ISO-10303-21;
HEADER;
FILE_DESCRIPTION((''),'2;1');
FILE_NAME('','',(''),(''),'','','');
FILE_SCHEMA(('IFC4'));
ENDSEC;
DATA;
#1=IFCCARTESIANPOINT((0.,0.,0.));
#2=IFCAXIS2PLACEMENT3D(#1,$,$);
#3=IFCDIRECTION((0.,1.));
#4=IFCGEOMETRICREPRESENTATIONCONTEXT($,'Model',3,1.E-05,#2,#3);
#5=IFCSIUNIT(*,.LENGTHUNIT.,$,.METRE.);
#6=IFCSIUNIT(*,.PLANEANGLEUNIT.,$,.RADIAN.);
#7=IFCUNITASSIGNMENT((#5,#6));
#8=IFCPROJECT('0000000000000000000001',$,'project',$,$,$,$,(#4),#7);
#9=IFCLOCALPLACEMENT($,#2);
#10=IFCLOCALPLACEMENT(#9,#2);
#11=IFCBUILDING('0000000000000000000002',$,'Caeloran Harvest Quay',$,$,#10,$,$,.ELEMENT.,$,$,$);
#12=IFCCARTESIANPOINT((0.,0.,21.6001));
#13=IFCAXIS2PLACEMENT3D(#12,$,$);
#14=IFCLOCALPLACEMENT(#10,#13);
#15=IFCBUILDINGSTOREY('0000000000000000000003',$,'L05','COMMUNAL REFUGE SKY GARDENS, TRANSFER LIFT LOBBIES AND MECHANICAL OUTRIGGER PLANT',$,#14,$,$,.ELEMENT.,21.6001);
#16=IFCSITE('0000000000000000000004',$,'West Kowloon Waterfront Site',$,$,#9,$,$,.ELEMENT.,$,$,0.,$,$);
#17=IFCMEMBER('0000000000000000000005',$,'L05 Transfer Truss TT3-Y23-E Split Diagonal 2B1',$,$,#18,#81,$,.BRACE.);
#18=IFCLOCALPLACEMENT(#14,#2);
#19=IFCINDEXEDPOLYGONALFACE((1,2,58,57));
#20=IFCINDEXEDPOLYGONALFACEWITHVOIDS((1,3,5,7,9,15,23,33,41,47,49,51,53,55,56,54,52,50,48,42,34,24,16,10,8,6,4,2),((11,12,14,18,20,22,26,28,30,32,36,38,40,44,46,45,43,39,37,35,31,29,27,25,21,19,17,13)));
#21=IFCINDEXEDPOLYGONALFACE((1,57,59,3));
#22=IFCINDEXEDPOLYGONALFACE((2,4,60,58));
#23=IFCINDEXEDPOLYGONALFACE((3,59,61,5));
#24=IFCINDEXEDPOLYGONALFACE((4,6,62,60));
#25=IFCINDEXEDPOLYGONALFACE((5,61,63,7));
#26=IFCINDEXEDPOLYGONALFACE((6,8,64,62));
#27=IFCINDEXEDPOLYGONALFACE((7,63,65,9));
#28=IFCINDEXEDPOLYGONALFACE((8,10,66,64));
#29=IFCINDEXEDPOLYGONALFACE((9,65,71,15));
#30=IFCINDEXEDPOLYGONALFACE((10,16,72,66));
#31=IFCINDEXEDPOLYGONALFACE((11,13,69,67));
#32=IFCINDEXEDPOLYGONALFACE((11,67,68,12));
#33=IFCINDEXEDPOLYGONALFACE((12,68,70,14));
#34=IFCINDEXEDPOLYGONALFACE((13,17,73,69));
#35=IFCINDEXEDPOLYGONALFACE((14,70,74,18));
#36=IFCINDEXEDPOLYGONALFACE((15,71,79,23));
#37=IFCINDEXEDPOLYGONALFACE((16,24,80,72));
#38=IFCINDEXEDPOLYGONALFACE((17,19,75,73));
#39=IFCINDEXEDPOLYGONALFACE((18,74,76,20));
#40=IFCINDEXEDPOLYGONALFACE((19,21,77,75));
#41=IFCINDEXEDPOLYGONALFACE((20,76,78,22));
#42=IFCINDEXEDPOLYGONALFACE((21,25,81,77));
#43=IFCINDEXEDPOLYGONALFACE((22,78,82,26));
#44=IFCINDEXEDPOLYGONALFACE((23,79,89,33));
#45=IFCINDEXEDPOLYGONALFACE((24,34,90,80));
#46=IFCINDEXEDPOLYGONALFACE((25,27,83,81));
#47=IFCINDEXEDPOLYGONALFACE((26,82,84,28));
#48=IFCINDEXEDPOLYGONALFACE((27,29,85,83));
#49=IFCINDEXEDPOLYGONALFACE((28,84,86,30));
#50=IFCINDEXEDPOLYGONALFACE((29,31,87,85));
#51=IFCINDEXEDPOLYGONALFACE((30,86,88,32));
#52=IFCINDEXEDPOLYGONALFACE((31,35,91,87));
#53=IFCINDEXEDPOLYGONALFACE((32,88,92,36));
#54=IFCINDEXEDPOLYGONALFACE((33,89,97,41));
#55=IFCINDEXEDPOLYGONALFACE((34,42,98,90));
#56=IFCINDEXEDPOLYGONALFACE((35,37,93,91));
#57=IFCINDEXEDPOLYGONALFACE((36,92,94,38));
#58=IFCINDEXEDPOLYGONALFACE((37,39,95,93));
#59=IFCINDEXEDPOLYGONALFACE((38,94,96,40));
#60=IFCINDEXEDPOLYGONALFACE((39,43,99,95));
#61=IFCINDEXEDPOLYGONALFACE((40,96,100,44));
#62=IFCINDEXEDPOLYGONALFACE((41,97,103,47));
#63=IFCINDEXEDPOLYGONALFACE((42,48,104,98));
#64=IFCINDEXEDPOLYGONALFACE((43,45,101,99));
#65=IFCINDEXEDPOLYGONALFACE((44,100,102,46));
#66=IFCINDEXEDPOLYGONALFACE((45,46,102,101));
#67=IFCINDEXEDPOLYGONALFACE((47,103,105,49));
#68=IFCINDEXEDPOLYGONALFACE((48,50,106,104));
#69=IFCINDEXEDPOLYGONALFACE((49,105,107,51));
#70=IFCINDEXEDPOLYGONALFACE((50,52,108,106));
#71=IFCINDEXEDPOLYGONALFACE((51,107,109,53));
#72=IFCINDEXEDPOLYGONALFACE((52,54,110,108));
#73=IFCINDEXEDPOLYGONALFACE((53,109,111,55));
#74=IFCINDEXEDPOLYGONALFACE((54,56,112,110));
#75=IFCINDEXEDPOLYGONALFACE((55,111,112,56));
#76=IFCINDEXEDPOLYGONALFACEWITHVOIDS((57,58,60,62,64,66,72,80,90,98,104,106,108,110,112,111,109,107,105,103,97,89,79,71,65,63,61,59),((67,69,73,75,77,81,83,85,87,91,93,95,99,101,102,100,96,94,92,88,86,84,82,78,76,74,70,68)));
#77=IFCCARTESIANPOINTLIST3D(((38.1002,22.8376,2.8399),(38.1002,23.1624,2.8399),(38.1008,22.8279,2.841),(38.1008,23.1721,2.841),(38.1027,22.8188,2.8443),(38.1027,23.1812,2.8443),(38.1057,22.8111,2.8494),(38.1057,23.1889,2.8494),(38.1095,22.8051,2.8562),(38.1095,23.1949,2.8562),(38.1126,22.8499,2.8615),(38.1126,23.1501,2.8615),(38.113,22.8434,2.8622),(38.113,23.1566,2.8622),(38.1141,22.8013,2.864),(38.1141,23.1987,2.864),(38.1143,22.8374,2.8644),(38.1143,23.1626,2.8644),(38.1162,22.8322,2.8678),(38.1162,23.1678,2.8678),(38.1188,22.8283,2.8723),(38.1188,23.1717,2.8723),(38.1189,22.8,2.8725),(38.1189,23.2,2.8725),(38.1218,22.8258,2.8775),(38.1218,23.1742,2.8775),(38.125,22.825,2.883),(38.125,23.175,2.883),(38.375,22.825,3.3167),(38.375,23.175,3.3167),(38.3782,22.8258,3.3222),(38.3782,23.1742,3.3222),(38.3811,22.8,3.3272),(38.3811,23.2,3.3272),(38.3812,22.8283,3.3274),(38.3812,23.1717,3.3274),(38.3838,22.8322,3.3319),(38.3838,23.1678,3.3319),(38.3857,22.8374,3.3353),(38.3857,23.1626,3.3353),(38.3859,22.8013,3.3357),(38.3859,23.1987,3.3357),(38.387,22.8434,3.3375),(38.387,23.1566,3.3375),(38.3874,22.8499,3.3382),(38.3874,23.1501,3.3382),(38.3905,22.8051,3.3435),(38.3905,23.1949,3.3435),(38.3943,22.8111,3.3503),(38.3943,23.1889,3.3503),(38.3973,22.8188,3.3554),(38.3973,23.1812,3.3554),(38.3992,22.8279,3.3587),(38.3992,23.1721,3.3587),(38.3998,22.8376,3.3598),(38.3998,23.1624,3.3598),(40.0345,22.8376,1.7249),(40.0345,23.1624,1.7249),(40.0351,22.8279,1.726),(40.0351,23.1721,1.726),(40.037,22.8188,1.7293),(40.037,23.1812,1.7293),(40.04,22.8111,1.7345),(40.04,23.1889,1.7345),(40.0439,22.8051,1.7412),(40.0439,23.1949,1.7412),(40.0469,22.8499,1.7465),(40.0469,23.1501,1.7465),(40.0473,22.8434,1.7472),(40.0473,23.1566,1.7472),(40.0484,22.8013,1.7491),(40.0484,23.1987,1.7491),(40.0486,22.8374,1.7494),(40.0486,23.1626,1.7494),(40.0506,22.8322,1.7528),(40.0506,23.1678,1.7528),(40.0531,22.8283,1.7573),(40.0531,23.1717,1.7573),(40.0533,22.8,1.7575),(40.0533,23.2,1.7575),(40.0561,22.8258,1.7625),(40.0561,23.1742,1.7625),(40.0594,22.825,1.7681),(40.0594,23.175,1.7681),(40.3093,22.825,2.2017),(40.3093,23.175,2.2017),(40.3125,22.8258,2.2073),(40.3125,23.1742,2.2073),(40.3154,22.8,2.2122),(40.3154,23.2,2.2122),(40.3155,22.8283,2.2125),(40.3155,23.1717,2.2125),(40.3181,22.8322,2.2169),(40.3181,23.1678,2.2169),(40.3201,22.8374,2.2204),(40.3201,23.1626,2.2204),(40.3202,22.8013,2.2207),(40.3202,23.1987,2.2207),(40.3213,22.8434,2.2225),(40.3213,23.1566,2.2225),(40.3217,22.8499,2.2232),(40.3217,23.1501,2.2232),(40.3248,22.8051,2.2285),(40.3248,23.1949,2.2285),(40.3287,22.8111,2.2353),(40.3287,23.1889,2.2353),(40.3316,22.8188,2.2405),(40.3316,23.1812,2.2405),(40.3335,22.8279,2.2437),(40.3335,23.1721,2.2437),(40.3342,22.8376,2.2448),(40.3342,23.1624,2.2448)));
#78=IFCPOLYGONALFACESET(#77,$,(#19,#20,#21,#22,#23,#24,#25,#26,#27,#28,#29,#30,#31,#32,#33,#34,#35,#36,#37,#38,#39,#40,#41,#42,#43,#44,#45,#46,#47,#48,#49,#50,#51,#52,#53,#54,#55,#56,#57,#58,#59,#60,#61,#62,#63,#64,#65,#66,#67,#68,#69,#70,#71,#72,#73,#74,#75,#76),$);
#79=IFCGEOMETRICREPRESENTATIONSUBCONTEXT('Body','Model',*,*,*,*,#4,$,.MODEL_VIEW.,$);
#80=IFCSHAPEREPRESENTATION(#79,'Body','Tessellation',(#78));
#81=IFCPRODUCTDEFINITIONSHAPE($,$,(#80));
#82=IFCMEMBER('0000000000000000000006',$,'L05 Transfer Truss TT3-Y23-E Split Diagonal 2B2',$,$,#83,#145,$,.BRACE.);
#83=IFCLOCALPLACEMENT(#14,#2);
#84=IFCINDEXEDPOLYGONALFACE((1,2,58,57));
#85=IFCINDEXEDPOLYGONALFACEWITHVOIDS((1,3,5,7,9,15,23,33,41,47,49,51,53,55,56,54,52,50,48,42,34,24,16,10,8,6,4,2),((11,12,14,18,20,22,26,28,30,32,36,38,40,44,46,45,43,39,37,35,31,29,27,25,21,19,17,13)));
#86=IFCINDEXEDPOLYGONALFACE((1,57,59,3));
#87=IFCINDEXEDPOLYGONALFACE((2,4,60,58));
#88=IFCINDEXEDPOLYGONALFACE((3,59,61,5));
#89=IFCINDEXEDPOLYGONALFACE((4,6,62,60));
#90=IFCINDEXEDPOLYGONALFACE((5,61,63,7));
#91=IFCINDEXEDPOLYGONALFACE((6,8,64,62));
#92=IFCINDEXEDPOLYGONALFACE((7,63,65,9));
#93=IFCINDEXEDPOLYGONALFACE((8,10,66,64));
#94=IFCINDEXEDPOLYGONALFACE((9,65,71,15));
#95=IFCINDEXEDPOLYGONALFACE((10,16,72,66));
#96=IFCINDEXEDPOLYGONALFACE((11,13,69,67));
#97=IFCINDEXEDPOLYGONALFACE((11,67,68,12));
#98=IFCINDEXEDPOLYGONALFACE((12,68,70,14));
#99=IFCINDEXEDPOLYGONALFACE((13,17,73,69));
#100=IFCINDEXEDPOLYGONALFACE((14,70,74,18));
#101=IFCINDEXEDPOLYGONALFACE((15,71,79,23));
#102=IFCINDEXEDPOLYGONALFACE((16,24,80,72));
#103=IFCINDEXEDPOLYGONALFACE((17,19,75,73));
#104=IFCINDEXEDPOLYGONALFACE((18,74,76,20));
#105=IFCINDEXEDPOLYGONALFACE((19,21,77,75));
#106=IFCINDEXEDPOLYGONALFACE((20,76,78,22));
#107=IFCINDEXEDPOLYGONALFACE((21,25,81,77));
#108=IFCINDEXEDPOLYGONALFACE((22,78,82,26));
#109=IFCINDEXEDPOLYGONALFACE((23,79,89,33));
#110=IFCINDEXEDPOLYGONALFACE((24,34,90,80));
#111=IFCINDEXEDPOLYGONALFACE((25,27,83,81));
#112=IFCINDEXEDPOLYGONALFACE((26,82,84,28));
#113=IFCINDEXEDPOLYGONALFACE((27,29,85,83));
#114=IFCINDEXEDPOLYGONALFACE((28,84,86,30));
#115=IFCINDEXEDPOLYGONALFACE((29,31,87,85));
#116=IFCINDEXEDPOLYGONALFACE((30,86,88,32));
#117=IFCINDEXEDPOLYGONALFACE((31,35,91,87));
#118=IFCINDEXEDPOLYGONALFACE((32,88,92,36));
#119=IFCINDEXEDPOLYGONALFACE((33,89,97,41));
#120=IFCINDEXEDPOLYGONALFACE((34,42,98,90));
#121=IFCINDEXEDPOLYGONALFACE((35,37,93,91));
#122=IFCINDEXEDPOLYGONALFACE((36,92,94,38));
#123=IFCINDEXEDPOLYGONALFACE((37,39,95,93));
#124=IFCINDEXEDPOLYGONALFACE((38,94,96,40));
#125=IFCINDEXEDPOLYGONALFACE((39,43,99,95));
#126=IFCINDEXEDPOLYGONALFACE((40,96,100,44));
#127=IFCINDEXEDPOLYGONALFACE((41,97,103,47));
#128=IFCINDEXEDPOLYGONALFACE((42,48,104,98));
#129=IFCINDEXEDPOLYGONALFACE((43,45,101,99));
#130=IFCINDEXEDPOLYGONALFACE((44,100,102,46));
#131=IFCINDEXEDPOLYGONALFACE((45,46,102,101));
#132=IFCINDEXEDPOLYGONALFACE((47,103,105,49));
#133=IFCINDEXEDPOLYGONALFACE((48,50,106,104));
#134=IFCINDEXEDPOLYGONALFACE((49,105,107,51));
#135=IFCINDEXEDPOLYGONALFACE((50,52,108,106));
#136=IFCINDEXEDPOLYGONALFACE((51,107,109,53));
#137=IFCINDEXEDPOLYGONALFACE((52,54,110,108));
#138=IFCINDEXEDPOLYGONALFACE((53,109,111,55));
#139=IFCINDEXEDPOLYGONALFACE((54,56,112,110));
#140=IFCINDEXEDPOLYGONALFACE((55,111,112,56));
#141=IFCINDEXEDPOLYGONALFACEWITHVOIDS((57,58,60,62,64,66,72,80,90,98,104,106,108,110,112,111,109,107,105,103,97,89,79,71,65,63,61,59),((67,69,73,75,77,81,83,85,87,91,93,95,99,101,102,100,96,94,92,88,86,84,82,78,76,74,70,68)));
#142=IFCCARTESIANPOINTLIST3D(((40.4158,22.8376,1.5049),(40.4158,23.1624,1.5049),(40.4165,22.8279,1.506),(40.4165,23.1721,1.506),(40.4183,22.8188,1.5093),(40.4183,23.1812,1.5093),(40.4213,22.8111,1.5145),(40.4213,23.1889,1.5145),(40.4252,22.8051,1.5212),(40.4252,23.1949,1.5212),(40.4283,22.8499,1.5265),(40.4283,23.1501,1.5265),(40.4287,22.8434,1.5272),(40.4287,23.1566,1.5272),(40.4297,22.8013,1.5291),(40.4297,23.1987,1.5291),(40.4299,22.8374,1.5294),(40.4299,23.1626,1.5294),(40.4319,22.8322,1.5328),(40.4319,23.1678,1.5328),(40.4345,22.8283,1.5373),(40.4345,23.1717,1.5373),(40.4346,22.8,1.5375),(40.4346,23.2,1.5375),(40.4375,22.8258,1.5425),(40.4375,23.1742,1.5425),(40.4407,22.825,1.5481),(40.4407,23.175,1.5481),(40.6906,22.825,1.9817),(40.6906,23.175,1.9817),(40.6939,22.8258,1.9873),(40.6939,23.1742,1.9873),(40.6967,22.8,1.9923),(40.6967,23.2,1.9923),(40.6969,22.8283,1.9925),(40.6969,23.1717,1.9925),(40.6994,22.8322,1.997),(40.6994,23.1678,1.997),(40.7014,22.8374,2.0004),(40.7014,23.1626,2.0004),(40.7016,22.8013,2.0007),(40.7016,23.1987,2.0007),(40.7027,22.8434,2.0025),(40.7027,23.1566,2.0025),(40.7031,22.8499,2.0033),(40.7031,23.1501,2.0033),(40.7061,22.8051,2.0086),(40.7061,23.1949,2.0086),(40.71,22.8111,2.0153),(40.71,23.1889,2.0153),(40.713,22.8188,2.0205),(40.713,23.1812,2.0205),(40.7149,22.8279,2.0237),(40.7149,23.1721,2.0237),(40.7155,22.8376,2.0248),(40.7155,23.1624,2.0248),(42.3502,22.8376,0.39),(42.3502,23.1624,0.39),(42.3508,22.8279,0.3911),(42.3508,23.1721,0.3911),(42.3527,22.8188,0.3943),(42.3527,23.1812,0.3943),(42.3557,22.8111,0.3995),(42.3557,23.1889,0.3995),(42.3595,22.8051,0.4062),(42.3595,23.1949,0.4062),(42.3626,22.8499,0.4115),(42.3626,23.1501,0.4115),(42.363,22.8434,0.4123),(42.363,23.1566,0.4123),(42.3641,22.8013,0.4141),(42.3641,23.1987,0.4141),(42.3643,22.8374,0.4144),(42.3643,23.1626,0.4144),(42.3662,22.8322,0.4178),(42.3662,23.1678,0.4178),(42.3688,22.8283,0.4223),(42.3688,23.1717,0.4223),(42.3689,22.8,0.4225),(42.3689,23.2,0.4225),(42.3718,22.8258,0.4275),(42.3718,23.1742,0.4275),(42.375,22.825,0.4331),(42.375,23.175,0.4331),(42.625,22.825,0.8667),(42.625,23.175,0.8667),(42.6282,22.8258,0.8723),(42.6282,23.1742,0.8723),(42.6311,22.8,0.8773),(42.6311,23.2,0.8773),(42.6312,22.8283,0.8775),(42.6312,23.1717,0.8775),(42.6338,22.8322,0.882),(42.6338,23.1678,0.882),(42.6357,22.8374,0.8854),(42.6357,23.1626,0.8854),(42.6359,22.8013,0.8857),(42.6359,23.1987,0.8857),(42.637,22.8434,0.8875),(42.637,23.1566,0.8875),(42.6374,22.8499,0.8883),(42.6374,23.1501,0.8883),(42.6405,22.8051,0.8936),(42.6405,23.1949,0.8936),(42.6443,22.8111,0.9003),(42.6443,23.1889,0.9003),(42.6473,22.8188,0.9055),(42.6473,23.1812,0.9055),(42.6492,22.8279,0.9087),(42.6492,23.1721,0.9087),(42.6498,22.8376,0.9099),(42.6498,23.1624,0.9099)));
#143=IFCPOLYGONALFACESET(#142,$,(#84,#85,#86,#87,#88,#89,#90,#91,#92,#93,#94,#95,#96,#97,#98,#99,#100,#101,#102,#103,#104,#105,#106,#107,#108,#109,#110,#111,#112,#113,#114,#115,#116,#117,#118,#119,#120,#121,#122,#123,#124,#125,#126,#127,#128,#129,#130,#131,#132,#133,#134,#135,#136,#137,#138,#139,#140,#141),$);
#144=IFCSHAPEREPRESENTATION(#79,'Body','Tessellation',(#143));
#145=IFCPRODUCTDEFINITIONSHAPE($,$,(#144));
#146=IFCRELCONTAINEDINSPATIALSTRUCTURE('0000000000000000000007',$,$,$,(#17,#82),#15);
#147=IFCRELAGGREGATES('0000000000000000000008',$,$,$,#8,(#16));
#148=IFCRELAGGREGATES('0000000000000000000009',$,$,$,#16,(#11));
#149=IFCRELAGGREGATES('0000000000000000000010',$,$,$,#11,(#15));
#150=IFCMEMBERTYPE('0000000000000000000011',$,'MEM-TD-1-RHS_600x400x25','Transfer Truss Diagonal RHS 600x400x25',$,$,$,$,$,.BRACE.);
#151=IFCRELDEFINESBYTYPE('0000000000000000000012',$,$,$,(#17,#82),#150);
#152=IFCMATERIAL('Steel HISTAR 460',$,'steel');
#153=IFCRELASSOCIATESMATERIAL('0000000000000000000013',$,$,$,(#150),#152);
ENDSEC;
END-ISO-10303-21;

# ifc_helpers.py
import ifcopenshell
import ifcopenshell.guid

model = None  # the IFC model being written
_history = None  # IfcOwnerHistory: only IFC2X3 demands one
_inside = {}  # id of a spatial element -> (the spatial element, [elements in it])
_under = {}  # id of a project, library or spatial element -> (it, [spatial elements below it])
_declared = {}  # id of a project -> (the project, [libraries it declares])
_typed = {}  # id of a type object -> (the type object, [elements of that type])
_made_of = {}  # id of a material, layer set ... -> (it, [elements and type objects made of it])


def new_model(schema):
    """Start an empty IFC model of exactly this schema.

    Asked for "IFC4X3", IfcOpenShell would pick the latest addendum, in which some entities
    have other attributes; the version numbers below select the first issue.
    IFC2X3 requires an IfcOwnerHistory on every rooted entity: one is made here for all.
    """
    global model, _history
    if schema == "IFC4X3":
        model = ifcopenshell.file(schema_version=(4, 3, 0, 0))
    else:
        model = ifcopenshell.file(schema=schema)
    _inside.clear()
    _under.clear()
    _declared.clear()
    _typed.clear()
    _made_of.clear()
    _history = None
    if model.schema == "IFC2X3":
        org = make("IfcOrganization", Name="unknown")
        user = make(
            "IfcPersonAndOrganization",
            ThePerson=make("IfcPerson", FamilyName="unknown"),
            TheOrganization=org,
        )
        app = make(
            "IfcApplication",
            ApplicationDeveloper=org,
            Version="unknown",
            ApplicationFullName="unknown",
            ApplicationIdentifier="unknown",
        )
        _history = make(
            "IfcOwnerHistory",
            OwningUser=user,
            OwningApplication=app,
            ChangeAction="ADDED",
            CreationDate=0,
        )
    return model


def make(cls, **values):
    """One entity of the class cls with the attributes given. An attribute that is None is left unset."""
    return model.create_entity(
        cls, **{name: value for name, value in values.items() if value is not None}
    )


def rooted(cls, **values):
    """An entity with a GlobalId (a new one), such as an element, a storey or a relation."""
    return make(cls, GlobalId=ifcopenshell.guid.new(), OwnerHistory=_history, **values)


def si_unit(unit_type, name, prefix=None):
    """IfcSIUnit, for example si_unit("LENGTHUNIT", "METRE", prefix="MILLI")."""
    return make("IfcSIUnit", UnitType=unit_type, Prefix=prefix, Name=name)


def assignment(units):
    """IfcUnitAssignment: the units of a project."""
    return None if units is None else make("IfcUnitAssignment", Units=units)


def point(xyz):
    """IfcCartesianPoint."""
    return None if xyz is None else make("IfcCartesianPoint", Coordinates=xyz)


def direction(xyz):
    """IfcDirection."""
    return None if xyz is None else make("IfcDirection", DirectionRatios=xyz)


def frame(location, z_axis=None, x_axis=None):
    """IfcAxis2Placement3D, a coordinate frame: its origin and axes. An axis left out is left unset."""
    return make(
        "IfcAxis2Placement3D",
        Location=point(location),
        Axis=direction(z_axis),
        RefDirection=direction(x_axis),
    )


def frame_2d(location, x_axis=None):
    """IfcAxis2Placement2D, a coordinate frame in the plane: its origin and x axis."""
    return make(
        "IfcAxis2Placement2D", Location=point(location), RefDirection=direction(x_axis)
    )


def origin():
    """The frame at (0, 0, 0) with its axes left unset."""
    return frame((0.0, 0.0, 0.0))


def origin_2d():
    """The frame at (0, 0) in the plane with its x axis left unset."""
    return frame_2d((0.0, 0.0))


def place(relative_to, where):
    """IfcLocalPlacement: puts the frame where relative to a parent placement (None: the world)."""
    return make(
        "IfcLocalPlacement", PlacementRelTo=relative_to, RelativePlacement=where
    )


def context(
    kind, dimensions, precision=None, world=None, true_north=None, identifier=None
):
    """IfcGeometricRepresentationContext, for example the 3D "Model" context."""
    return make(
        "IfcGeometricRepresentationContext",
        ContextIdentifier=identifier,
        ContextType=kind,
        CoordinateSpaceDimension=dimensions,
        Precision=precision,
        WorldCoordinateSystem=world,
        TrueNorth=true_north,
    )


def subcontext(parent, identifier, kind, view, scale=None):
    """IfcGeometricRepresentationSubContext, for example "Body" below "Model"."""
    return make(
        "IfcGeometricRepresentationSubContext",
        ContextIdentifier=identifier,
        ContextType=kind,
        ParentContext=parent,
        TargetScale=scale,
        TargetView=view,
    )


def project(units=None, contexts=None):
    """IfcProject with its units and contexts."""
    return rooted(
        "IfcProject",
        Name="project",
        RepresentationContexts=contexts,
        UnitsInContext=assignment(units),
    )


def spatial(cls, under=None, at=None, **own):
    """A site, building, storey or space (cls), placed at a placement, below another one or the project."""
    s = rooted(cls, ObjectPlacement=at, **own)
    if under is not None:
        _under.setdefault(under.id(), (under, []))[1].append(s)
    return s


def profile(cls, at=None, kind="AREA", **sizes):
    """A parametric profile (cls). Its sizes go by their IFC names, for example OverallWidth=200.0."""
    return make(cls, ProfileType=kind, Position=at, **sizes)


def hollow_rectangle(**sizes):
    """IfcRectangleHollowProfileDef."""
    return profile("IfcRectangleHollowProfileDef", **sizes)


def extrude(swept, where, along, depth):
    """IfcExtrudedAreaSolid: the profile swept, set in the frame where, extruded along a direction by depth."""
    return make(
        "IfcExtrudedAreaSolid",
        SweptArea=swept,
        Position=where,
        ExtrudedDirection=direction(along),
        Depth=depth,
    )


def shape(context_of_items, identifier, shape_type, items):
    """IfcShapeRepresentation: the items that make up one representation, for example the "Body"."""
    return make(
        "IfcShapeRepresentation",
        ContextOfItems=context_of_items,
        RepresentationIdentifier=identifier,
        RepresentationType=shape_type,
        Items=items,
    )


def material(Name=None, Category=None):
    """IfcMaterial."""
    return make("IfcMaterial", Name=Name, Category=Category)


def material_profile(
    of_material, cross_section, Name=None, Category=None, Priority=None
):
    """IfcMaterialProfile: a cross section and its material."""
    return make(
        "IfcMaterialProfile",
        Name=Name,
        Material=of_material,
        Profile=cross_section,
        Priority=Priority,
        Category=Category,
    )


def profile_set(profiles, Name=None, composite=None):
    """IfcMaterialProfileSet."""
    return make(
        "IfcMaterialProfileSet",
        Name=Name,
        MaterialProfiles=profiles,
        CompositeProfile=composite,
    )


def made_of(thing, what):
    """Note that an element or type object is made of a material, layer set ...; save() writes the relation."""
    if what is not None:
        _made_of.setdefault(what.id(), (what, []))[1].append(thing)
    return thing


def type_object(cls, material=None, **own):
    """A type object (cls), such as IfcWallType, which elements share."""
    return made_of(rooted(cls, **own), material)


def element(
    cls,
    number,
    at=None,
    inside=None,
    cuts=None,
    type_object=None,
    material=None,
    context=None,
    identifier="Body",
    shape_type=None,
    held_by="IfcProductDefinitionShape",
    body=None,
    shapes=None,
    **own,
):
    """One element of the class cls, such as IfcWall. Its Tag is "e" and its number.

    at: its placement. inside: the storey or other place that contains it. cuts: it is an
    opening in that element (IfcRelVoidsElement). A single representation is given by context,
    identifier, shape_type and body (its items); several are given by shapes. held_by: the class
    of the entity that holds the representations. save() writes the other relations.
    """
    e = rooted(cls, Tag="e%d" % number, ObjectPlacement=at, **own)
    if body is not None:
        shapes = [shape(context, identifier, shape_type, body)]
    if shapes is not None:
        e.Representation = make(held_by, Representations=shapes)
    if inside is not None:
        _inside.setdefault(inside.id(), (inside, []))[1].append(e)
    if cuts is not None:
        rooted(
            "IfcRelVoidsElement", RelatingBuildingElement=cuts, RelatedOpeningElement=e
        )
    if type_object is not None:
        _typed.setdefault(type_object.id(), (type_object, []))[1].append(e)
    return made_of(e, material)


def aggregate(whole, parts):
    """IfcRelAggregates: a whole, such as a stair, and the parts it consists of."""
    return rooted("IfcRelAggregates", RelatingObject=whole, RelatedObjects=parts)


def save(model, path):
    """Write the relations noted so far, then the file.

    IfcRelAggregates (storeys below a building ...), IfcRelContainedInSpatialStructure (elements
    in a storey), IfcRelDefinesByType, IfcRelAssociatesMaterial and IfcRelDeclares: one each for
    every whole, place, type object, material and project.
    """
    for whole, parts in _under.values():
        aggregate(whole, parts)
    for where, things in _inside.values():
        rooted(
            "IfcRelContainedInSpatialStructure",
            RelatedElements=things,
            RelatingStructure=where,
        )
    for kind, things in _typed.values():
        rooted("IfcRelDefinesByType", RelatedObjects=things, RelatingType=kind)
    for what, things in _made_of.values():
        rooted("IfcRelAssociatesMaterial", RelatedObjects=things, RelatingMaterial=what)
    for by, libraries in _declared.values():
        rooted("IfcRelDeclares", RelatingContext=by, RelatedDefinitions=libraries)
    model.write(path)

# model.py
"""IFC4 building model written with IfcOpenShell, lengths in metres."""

from ifc_helpers import new_model, si_unit, direction, frame, origin, origin_2d, place, context, subcontext, project, spatial, hollow_rectangle, extrude, material, material_profile, profile_set, type_object, element, save


model = new_model("IFC4")

# Units and contexts
model_context = context("Model", 3, precision=1e-05, world=origin(), true_north=direction((0.0, 1.0)))
body_context = subcontext(model_context, "Body", "Model", "MODEL_VIEW")
ifc_project = project(units=[si_unit("LENGTHUNIT", "METRE"), si_unit("PLANEANGLEUNIT", "RADIAN")], contexts=[model_context])

# Site, building, storey
site_placement = place(None, origin())
site = spatial("IfcSite", under=ifc_project, at=site_placement, Name="West Kowloon Waterfront Site", CompositionType="ELEMENT", RefElevation=0.0)
building_placement = place(site_placement, origin())
building = spatial("IfcBuilding", under=site, at=building_placement, Name="Caeloran Harvest Quay", CompositionType="ELEMENT")
storey_placement = place(building_placement, frame((0.0, 0.0, 21.6001)))
storey = spatial("IfcBuildingStorey", under=building, at=storey_placement, Name="L05", Description="COMMUNAL REFUGE SKY GARDENS, TRANSFER LIFT LOBBIES AND MECHANICAL OUTRIGGER PLANT", CompositionType="ELEMENT", Elevation=21.6001)

# Shared definitions
ifc_material_1 = material(Name="Steel HISTAR 460", Category="steel")

# Members
ifc_material_profile_1 = material_profile(ifc_material_1, hollow_rectangle(XDim=0.3999, YDim=0.6001, WallThickness=0.0249, InnerFilletRadius=0.0249, OuterFilletRadius=0.0376, at=origin_2d()), Name="RHS 600x400x25")
ifc_profile_set_1 = profile_set([ifc_material_profile_1], Name="Steel HISTAR 460")
member_type_1 = type_object("IfcMemberType", Name="MEM-TD-1-RHS_600x400x25", Description="Transfer Truss Diagonal RHS 600x400x25", PredefinedType="BRACE", material=ifc_profile_set_1)
for number, where, z_axis, x_axis, name in (
    (1, (38.25, 23.0, 3.0999), (0.866373, 0.0, -0.499397), (0.0, 1.0, 0.0), "L05 Transfer Truss TT3-Y23-E Split Diagonal 2B1"),
    (2, (40.5657, 23.0, 1.7649), (0.866373, 0.0, -0.499397), (0.0, 1.0, 0.0), "L05 Transfer Truss TT3-Y23-E Split Diagonal 2B2"),
):
    element("IfcMember", number, at=place(storey_placement, frame(where, z_axis=z_axis, x_axis=x_axis)), inside=storey, type_object=member_type_1, Name=name, PredefinedType="BRACE", context=body_context, shape_type="SweptSolid", body=[
        extrude(hollow_rectangle(XDim=0.3999, YDim=0.6001, WallThickness=0.0249, InnerFilletRadius=0.0249, OuterFilletRadius=0.0376, at=origin_2d()), origin(), (0.0, 0.0, 1.0), 2.2327),
    ])

save(model, "model.ifc")
